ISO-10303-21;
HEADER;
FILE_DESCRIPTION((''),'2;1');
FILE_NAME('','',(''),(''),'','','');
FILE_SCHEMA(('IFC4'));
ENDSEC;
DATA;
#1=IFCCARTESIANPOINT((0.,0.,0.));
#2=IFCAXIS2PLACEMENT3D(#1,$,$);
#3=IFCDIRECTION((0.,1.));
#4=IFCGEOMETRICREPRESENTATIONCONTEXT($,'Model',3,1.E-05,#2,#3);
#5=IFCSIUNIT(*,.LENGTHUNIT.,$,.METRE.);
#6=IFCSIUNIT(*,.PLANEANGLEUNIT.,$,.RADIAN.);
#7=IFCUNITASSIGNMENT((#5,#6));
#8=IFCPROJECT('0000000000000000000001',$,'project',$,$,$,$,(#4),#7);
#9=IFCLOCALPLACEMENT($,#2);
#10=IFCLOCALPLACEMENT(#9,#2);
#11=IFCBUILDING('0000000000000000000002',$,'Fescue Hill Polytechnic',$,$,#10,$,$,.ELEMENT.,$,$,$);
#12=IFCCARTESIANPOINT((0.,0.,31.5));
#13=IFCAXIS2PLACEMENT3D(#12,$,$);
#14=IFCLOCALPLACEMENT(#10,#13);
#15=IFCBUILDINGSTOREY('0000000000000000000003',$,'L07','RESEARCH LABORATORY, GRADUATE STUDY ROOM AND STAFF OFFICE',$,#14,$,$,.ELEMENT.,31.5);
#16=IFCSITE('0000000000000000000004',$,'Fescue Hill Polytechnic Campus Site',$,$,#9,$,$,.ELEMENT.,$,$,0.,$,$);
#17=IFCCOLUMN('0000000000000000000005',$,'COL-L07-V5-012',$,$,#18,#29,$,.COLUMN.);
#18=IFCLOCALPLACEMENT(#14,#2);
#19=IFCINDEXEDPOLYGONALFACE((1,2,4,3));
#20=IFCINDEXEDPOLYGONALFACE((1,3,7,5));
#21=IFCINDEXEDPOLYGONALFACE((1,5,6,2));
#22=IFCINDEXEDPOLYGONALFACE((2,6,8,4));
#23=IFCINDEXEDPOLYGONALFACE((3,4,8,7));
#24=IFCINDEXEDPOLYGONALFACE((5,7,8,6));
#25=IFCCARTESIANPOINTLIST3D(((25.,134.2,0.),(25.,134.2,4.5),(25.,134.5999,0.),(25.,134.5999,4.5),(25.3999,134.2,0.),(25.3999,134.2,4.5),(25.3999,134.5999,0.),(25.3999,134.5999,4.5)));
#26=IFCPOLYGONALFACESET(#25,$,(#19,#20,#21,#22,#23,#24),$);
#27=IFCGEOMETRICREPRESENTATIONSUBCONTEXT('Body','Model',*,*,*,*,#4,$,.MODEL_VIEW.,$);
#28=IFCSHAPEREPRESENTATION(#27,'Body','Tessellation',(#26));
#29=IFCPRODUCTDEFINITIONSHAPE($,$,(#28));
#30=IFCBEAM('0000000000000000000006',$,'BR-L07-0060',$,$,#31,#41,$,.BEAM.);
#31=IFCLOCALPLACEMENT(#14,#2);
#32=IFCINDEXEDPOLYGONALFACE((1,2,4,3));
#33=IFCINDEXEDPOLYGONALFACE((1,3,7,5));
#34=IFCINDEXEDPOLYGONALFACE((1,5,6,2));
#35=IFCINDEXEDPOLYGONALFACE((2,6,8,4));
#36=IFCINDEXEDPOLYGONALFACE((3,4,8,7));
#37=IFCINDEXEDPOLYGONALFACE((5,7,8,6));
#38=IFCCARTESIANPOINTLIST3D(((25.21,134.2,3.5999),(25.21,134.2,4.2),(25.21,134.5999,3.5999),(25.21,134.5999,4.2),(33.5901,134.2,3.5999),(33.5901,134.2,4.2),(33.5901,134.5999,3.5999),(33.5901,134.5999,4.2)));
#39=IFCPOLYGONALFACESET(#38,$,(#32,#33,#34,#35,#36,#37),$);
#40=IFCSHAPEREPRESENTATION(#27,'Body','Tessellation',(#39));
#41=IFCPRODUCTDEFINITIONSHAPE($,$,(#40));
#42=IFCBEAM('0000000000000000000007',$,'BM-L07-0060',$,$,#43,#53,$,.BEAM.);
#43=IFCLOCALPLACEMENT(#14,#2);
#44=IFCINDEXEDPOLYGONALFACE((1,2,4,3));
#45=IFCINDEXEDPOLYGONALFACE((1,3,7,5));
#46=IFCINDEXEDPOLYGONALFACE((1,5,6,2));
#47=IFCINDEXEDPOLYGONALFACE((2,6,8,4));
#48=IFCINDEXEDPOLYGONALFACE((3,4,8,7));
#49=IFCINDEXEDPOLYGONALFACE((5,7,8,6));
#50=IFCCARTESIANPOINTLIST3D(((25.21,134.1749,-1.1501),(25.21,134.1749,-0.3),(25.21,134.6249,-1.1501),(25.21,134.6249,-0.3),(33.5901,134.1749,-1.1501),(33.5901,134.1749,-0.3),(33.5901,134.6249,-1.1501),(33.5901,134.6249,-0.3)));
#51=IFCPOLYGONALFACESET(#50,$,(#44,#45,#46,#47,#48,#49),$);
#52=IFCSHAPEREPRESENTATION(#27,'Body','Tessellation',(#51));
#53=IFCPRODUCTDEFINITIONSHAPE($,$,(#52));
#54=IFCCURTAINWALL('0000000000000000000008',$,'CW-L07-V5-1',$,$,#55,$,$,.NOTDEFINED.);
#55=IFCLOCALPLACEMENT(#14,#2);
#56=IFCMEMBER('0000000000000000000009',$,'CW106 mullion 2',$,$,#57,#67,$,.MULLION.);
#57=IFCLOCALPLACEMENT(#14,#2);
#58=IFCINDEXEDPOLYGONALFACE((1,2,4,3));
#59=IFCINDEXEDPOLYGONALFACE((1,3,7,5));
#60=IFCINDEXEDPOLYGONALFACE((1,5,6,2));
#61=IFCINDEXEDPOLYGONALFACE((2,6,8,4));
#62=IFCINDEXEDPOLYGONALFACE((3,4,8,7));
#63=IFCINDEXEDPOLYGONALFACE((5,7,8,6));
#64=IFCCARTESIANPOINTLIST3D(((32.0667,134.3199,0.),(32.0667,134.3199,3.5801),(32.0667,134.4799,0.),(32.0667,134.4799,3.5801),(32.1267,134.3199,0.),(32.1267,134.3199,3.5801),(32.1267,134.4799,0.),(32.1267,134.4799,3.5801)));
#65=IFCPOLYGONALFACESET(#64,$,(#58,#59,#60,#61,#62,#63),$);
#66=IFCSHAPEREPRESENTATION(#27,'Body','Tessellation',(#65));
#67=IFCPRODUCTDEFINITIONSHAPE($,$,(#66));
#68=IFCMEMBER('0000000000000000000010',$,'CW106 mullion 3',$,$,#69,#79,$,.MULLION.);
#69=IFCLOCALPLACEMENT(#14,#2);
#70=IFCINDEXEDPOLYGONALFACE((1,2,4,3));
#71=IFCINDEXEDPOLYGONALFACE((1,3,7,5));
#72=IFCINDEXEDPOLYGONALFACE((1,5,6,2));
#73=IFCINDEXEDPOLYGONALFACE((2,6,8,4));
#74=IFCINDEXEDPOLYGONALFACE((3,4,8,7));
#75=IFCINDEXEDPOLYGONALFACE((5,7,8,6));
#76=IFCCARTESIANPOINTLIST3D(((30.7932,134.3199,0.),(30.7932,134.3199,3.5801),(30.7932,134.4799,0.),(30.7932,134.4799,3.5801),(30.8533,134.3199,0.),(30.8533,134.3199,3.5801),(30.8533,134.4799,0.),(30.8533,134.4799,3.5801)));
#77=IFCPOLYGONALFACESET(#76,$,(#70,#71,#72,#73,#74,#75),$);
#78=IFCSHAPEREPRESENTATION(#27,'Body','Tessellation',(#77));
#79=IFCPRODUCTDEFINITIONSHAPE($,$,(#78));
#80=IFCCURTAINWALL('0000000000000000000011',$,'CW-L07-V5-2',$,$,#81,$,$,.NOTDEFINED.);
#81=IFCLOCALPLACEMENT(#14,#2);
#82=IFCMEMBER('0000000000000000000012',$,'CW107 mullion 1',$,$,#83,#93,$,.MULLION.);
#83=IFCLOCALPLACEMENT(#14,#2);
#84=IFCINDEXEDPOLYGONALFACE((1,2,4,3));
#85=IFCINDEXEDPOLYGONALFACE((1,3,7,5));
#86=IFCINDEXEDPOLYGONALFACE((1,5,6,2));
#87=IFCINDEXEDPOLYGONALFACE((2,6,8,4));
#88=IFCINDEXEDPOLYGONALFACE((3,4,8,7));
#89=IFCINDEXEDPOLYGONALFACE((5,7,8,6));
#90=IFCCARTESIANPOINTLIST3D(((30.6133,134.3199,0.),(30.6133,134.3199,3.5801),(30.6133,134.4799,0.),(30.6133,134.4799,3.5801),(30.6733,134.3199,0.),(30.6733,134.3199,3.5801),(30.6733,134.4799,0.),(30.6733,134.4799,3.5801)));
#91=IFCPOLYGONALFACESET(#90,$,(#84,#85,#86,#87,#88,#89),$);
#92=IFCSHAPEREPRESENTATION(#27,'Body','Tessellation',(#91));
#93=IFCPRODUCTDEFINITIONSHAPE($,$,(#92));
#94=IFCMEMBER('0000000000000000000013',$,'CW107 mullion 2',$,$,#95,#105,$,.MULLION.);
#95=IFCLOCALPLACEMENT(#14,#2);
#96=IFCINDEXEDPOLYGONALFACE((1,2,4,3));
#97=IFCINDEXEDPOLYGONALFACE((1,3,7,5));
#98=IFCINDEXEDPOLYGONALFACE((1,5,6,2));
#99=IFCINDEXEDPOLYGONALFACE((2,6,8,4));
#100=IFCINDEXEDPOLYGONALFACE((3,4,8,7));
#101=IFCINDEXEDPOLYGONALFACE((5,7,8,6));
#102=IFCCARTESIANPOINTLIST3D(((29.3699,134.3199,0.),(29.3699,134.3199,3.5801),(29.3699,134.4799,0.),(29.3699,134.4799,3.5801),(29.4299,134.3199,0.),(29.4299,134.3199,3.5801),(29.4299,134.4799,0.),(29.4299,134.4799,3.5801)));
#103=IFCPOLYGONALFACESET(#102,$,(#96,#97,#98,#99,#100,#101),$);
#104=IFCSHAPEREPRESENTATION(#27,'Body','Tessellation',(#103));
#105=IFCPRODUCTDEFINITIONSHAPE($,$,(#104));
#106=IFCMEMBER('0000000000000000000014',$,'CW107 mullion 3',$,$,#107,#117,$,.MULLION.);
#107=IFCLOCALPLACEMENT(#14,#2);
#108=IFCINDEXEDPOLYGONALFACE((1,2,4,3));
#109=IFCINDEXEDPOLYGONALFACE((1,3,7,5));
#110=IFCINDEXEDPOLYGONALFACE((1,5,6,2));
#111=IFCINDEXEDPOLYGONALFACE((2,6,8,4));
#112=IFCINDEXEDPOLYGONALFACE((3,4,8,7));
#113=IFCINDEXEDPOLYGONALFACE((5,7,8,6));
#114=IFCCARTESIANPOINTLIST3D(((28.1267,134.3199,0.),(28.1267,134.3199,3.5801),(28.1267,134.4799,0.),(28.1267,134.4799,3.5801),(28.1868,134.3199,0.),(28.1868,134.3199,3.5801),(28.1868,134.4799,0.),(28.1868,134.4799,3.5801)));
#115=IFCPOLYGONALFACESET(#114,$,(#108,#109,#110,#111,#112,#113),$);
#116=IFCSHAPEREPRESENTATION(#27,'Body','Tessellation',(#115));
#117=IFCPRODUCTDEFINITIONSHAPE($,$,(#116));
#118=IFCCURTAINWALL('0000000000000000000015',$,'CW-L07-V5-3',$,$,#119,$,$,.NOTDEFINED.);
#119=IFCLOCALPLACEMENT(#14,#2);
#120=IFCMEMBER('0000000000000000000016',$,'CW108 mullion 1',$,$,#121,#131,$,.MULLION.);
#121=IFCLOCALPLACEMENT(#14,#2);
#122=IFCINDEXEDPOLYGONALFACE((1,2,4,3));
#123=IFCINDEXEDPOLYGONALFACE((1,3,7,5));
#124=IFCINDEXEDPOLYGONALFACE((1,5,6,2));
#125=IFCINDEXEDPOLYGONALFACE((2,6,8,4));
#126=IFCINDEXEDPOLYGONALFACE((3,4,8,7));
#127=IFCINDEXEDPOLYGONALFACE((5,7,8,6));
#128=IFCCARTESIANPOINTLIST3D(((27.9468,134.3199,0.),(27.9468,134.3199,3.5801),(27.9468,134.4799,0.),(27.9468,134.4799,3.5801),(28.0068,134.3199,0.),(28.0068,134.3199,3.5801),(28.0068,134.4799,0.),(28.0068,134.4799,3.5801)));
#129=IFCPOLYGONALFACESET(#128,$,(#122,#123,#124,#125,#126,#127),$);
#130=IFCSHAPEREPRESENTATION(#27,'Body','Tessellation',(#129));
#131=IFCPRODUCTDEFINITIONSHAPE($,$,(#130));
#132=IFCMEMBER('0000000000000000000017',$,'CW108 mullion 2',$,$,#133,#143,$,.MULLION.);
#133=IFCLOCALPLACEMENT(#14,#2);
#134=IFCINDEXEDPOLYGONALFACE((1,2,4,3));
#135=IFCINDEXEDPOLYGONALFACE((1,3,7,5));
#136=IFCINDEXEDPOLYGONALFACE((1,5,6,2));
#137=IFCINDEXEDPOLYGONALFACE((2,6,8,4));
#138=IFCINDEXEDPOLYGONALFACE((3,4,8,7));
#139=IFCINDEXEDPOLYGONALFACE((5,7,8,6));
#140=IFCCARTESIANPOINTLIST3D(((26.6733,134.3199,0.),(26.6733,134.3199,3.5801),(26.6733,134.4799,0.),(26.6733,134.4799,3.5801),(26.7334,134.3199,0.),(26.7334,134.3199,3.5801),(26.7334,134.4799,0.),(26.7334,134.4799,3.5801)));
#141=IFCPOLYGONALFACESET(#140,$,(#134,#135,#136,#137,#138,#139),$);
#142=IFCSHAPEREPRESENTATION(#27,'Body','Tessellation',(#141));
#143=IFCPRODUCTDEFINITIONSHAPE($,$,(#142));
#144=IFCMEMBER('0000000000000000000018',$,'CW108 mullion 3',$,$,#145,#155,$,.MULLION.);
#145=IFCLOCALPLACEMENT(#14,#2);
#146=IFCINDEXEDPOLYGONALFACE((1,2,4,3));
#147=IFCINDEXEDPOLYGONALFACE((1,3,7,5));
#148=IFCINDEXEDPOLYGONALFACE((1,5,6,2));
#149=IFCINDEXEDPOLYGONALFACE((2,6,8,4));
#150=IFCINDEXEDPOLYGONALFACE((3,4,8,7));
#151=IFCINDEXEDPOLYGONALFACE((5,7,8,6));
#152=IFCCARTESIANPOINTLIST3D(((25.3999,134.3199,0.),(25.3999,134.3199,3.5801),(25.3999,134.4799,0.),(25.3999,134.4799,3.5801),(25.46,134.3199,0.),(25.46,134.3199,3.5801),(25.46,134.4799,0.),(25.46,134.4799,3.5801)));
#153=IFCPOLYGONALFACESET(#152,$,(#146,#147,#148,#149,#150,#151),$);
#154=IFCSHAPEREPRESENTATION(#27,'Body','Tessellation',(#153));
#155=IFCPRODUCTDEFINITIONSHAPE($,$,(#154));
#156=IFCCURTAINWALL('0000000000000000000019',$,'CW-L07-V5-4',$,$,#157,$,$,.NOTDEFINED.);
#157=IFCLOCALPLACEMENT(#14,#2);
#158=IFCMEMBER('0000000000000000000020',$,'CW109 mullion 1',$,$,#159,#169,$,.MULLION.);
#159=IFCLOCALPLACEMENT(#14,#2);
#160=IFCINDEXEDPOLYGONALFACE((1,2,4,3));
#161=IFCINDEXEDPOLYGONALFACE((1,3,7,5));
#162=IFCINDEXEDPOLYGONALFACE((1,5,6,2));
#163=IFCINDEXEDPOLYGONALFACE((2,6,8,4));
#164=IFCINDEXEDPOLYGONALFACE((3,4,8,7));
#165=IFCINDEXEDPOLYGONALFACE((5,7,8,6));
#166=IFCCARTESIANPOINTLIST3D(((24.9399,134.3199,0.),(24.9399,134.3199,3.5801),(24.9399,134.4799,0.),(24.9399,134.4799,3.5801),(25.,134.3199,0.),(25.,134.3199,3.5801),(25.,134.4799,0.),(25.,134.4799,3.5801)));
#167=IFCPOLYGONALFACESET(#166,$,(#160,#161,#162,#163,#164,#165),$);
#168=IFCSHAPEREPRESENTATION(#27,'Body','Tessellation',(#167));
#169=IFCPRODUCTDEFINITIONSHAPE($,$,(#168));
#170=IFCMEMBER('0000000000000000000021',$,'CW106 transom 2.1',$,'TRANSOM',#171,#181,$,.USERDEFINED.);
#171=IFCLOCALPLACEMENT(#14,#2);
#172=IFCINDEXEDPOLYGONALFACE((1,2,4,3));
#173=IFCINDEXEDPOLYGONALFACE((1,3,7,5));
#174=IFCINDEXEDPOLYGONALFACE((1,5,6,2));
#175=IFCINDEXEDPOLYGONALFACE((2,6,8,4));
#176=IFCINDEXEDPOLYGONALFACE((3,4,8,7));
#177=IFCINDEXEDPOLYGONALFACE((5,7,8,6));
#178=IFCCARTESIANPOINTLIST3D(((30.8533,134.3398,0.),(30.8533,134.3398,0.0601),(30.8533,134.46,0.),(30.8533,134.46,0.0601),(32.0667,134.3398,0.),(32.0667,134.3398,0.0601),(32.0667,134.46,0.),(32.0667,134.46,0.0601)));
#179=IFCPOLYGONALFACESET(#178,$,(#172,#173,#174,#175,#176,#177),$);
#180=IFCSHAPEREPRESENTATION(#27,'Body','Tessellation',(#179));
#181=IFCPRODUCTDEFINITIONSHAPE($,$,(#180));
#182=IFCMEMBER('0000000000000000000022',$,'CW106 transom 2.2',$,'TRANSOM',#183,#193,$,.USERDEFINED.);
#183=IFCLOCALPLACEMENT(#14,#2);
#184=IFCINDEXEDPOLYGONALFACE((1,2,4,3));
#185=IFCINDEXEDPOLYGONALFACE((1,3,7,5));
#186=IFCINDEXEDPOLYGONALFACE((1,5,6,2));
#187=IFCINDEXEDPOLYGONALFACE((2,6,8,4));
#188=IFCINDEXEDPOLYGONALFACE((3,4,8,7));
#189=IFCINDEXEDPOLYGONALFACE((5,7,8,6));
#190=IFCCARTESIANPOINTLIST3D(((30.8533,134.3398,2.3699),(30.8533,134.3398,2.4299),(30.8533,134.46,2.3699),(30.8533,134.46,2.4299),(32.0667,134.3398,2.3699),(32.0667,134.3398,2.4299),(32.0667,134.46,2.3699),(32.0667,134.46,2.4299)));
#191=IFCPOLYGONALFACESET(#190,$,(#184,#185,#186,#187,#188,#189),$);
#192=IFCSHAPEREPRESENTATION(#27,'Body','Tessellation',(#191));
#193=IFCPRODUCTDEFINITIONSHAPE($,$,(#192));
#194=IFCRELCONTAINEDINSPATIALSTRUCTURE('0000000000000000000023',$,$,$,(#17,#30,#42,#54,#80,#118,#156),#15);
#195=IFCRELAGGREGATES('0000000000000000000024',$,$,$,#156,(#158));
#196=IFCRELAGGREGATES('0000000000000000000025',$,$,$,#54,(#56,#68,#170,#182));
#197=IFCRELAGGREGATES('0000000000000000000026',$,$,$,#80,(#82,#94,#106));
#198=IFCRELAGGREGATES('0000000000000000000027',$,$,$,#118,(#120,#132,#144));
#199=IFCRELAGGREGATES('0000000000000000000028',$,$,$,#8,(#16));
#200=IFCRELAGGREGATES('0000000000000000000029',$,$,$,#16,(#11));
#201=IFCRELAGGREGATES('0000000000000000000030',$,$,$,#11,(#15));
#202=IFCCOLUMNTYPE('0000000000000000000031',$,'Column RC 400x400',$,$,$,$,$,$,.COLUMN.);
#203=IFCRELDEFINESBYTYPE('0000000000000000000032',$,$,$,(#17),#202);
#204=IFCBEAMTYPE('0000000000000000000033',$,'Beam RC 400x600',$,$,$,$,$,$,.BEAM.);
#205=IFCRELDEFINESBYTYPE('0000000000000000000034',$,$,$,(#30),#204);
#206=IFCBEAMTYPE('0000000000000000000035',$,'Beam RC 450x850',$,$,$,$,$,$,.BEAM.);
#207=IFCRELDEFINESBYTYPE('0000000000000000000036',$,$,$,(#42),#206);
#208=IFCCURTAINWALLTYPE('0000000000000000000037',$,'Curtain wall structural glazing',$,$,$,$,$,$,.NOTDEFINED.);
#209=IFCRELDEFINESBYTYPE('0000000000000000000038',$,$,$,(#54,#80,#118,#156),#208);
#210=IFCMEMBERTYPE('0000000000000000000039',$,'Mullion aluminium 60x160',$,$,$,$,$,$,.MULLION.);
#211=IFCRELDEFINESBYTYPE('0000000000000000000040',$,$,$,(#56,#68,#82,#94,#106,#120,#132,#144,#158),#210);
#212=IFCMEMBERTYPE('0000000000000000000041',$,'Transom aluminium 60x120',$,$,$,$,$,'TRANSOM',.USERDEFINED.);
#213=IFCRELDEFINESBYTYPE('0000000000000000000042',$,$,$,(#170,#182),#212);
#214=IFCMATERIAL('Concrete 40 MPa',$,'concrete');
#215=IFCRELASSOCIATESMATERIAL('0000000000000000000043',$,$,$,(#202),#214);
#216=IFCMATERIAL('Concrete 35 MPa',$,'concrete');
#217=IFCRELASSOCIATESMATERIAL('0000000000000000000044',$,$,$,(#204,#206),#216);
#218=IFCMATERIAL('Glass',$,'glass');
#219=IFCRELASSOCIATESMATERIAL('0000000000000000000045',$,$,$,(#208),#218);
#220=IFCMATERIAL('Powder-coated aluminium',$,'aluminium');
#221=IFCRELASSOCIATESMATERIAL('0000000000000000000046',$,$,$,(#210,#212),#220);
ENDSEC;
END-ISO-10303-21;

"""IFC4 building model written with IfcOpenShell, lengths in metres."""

from ifc_helpers import new_model, si_unit, direction, frame, origin, origin_2d, place, context, subcontext, project, spatial, rectangle, extrude, material, material_profile, profile_set, type_object, element, aggregate, save


model = new_model("IFC4")

# Units and contexts
model_context = context("Model", 3, precision=1e-05, world=origin(), true_north=direction((0.0, 1.0)))
body_context = subcontext(model_context, "Body", "Model", "MODEL_VIEW")
ifc_project = project(units=[si_unit("LENGTHUNIT", "METRE"), si_unit("PLANEANGLEUNIT", "RADIAN")], contexts=[model_context])

# Site, building, storey
site_placement = place(None, origin())
site = spatial("IfcSite", under=ifc_project, at=site_placement, Name="Fescue Hill Polytechnic Campus Site", CompositionType="ELEMENT", RefElevation=0.0)
building_placement = place(site_placement, origin())
building = spatial("IfcBuilding", under=site, at=building_placement, Name="Fescue Hill Polytechnic", CompositionType="ELEMENT")
storey_placement = place(building_placement, frame((0.0, 0.0, 31.5)))
storey = spatial("IfcBuildingStorey", under=building, at=storey_placement, Name="L07", Description="RESEARCH LABORATORY, GRADUATE STUDY ROOM AND STAFF OFFICE", CompositionType="ELEMENT", Elevation=31.5)

# Column
ifc_material_1 = material(Name="Concrete 40 MPa", Category="concrete")
ifc_material_profile_1 = material_profile(ifc_material_1, rectangle(XDim=0.3999, YDim=0.3999, at=origin_2d()), Name="RC 400x400")
ifc_profile_set_1 = profile_set([ifc_material_profile_1], Name="Concrete 40 MPa")
column_type = type_object("IfcColumnType", Name="Column RC 400x400", PredefinedType="COLUMN", material=ifc_profile_set_1)
column_placement = place(storey_placement, frame((25.2, 134.3999, 0.0), z_axis=(0.0, 0.0, 1.0), x_axis=(1.0, 0.0, 0.0)))
element("IfcColumn", 1, at=column_placement, inside=storey, type_object=column_type, Name="COL-L07-V5-012", PredefinedType="COLUMN", context=body_context, shape_type="SweptSolid", body=[
    extrude(rectangle(XDim=0.3999, YDim=0.3999, at=origin_2d()), origin(), (0.0, 0.0, 1.0), 4.5),
])

# Beams
ifc_material_2 = material(Name="Concrete 35 MPa", Category="concrete")
ifc_material_profile_2 = material_profile(ifc_material_2, rectangle(XDim=0.3999, YDim=0.6001, at=origin_2d()), Name="RC 400x600")
ifc_profile_set_2 = profile_set([ifc_material_profile_2], Name="Concrete 35 MPa")
beam_type_1 = type_object("IfcBeamType", Name="Beam RC 400x600", PredefinedType="BEAM", material=ifc_profile_set_2)
beam_1_placement = place(storey_placement, frame((25.21, 134.3999, 3.8999), z_axis=(1.0, 0.0, 0.0), x_axis=(0.0, 1.0, 0.0)))
element("IfcBeam", 2, at=beam_1_placement, inside=storey, type_object=beam_type_1, Name="BR-L07-0060", PredefinedType="BEAM", context=body_context, shape_type="SweptSolid", body=[
    extrude(rectangle(XDim=0.3999, YDim=0.6001, at=origin_2d()), origin(), (0.0, 0.0, 1.0), 8.3801),
])
ifc_material_profile_3 = material_profile(ifc_material_2, rectangle(XDim=0.45, YDim=0.8501, at=origin_2d()), Name="RC 450x850")
ifc_profile_set_3 = profile_set([ifc_material_profile_3], Name="Concrete 35 MPa")
beam_type_2 = type_object("IfcBeamType", Name="Beam RC 450x850", PredefinedType="BEAM", material=ifc_profile_set_3)
beam_2_placement = place(storey_placement, frame((25.21, 134.3999, -0.7251), z_axis=(1.0, 0.0, 0.0), x_axis=(0.0, 1.0, 0.0)))
element("IfcBeam", 3, at=beam_2_placement, inside=storey, type_object=beam_type_2, Name="BM-L07-0060", PredefinedType="BEAM", context=body_context, shape_type="SweptSolid", body=[
    extrude(rectangle(XDim=0.45, YDim=0.8501, at=origin_2d()), origin(), (0.0, 0.0, 1.0), 8.3801),
])

# Curtain walls, members
ifc_material_3 = material(Name="Glass", Category="glass")
curtain_wall_type = type_object("IfcCurtainWallType", Name="Curtain wall structural glazing", PredefinedType="NOTDEFINED", material=ifc_material_3)
curtain_wall_1_placement = place(storey_placement, origin())
curtain_wall_1 = element("IfcCurtainWall", 4, at=curtain_wall_1_placement, inside=storey, type_object=curtain_wall_type, Name="CW-L07-V5-1", PredefinedType="NOTDEFINED")
ifc_material_4 = material(Name="Powder-coated aluminium", Category="aluminium")
ifc_material_profile_4 = material_profile(ifc_material_4, rectangle(XDim=0.1599, YDim=0.0601, at=origin_2d()), Name="Mullion aluminium 60x160")
ifc_profile_set_4 = profile_set([ifc_material_profile_4], Name="Powder-coated aluminium")
member_type_1 = type_object("IfcMemberType", Name="Mullion aluminium 60x160", PredefinedType="MULLION", material=ifc_profile_set_4)
member_1_placement = place(storey_placement, frame((32.0967, 134.3999, 0.0), z_axis=(0.0, 0.0, 1.0), x_axis=(0.0, -1.0, 0.0)))
member_1 = element("IfcMember", 5, at=member_1_placement, type_object=member_type_1, Name="CW106 mullion 2", PredefinedType="MULLION", context=body_context, shape_type="SweptSolid", body=[
    extrude(rectangle(XDim=0.1599, YDim=0.0601, at=origin_2d()), origin(), (0.0, 0.0, 1.0), 3.5801),
])
member_2_placement = place(storey_placement, frame((30.8232, 134.3999, 0.0), z_axis=(0.0, 0.0, 1.0), x_axis=(0.0, -1.0, 0.0)))
member_2 = element("IfcMember", 6, at=member_2_placement, type_object=member_type_1, Name="CW106 mullion 3", PredefinedType="MULLION", context=body_context, shape_type="SweptSolid", body=[
    extrude(rectangle(XDim=0.1599, YDim=0.0601, at=origin_2d()), origin(), (0.0, 0.0, 1.0), 3.5801),
])
curtain_wall_2_placement = place(storey_placement, origin())
curtain_wall_2 = element("IfcCurtainWall", 7, at=curtain_wall_2_placement, inside=storey, type_object=curtain_wall_type, Name="CW-L07-V5-2", PredefinedType="NOTDEFINED")
member_3_placement = place(storey_placement, frame((30.6433, 134.3999, 0.0), z_axis=(0.0, 0.0, 1.0), x_axis=(0.0, -1.0, 0.0)))
member_3 = element("IfcMember", 8, at=member_3_placement, type_object=member_type_1, Name="CW107 mullion 1", PredefinedType="MULLION", context=body_context, shape_type="SweptSolid", body=[
    extrude(rectangle(XDim=0.1599, YDim=0.0601, at=origin_2d()), origin(), (0.0, 0.0, 1.0), 3.5801),
])
member_4_placement = place(storey_placement, frame((29.3999, 134.3999, 0.0), z_axis=(0.0, 0.0, 1.0), x_axis=(0.0, -1.0, 0.0)))
member_4 = element("IfcMember", 9, at=member_4_placement, type_object=member_type_1, Name="CW107 mullion 2", PredefinedType="MULLION", context=body_context, shape_type="SweptSolid", body=[
    extrude(rectangle(XDim=0.1599, YDim=0.0601, at=origin_2d()), origin(), (0.0, 0.0, 1.0), 3.5801),
])
member_5_placement = place(storey_placement, frame((28.1567, 134.3999, 0.0), z_axis=(0.0, 0.0, 1.0), x_axis=(0.0, -1.0, 0.0)))
member_5 = element("IfcMember", 10, at=member_5_placement, type_object=member_type_1, Name="CW107 mullion 3", PredefinedType="MULLION", context=body_context, shape_type="SweptSolid", body=[
    extrude(rectangle(XDim=0.1599, YDim=0.0601, at=origin_2d()), origin(), (0.0, 0.0, 1.0), 3.5801),
])
curtain_wall_3_placement = place(storey_placement, origin())
curtain_wall_3 = element("IfcCurtainWall", 11, at=curtain_wall_3_placement, inside=storey, type_object=curtain_wall_type, Name="CW-L07-V5-3", PredefinedType="NOTDEFINED")
member_6_placement = place(storey_placement, frame((27.9768, 134.3999, 0.0), z_axis=(0.0, 0.0, 1.0), x_axis=(0.0, -1.0, 0.0)))
member_6 = element("IfcMember", 12, at=member_6_placement, type_object=member_type_1, Name="CW108 mullion 1", PredefinedType="MULLION", context=body_context, shape_type="SweptSolid", body=[
    extrude(rectangle(XDim=0.1599, YDim=0.0601, at=origin_2d()), origin(), (0.0, 0.0, 1.0), 3.5801),
])
member_7_placement = place(storey_placement, frame((26.7034, 134.3999, 0.0), z_axis=(0.0, 0.0, 1.0), x_axis=(0.0, -1.0, 0.0)))
member_7 = element("IfcMember", 13, at=member_7_placement, type_object=member_type_1, Name="CW108 mullion 2", PredefinedType="MULLION", context=body_context, shape_type="SweptSolid", body=[
    extrude(rectangle(XDim=0.1599, YDim=0.0601, at=origin_2d()), origin(), (0.0, 0.0, 1.0), 3.5801),
])
member_8_placement = place(storey_placement, frame((25.4299, 134.3999, 0.0), z_axis=(0.0, 0.0, 1.0), x_axis=(0.0, -1.0, 0.0)))
member_8 = element("IfcMember", 14, at=member_8_placement, type_object=member_type_1, Name="CW108 mullion 3", PredefinedType="MULLION", context=body_context, shape_type="SweptSolid", body=[
    extrude(rectangle(XDim=0.1599, YDim=0.0601, at=origin_2d()), origin(), (0.0, 0.0, 1.0), 3.5801),
])

# Curtain wall, member
curtain_wall_4_placement = place(storey_placement, origin())
curtain_wall_4 = element("IfcCurtainWall", 15, at=curtain_wall_4_placement, inside=storey, type_object=curtain_wall_type, Name="CW-L07-V5-4", PredefinedType="NOTDEFINED")
member_9_placement = place(storey_placement, frame((24.97, 134.3999, 0.0), z_axis=(0.0, 0.0, 1.0), x_axis=(0.0, -1.0, 0.0)))
member_9 = element("IfcMember", 16, at=member_9_placement, type_object=member_type_1, Name="CW109 mullion 1", PredefinedType="MULLION", context=body_context, shape_type="SweptSolid", body=[
    extrude(rectangle(XDim=0.1599, YDim=0.0601, at=origin_2d()), origin(), (0.0, 0.0, 1.0), 3.5801),
])

# Members
ifc_material_profile_5 = material_profile(ifc_material_4, rectangle(XDim=0.1201, YDim=0.0601, at=origin_2d()), Name="Transom aluminium 60x120")
ifc_profile_set_5 = profile_set([ifc_material_profile_5], Name="Powder-coated aluminium")
member_type_2 = type_object("IfcMemberType", Name="Transom aluminium 60x120", ElementType="TRANSOM", PredefinedType="USERDEFINED", material=ifc_profile_set_5)
member_10_placement = place(storey_placement, frame((32.0667, 134.3999, 0.03), z_axis=(-1.0, 0.0, 0.0), x_axis=(0.0, -1.0, 0.0)))
member_10 = element("IfcMember", 17, at=member_10_placement, type_object=member_type_2, Name="CW106 transom 2.1", ObjectType="TRANSOM", PredefinedType="USERDEFINED", context=body_context, shape_type="SweptSolid", body=[
    extrude(rectangle(XDim=0.1201, YDim=0.0601, at=origin_2d()), origin(), (0.0, 0.0, 1.0), 1.2134),
])
member_11_placement = place(storey_placement, frame((32.0667, 134.3999, 2.3999), z_axis=(-1.0, 0.0, 0.0), x_axis=(0.0, -1.0, 0.0)))
member_11 = element("IfcMember", 18, at=member_11_placement, type_object=member_type_2, Name="CW106 transom 2.2", ObjectType="TRANSOM", PredefinedType="USERDEFINED", context=body_context, shape_type="SweptSolid", body=[
    extrude(rectangle(XDim=0.1201, YDim=0.0601, at=origin_2d()), origin(), (0.0, 0.0, 1.0), 1.2134),
])
aggregate(curtain_wall_4, [member_9])

aggregate(curtain_wall_1, [member_1, member_2, member_10, member_11])
aggregate(curtain_wall_2, [member_3, member_4, member_5])
aggregate(curtain_wall_3, [member_6, member_7, member_8])

save(model, "model.ifc")
